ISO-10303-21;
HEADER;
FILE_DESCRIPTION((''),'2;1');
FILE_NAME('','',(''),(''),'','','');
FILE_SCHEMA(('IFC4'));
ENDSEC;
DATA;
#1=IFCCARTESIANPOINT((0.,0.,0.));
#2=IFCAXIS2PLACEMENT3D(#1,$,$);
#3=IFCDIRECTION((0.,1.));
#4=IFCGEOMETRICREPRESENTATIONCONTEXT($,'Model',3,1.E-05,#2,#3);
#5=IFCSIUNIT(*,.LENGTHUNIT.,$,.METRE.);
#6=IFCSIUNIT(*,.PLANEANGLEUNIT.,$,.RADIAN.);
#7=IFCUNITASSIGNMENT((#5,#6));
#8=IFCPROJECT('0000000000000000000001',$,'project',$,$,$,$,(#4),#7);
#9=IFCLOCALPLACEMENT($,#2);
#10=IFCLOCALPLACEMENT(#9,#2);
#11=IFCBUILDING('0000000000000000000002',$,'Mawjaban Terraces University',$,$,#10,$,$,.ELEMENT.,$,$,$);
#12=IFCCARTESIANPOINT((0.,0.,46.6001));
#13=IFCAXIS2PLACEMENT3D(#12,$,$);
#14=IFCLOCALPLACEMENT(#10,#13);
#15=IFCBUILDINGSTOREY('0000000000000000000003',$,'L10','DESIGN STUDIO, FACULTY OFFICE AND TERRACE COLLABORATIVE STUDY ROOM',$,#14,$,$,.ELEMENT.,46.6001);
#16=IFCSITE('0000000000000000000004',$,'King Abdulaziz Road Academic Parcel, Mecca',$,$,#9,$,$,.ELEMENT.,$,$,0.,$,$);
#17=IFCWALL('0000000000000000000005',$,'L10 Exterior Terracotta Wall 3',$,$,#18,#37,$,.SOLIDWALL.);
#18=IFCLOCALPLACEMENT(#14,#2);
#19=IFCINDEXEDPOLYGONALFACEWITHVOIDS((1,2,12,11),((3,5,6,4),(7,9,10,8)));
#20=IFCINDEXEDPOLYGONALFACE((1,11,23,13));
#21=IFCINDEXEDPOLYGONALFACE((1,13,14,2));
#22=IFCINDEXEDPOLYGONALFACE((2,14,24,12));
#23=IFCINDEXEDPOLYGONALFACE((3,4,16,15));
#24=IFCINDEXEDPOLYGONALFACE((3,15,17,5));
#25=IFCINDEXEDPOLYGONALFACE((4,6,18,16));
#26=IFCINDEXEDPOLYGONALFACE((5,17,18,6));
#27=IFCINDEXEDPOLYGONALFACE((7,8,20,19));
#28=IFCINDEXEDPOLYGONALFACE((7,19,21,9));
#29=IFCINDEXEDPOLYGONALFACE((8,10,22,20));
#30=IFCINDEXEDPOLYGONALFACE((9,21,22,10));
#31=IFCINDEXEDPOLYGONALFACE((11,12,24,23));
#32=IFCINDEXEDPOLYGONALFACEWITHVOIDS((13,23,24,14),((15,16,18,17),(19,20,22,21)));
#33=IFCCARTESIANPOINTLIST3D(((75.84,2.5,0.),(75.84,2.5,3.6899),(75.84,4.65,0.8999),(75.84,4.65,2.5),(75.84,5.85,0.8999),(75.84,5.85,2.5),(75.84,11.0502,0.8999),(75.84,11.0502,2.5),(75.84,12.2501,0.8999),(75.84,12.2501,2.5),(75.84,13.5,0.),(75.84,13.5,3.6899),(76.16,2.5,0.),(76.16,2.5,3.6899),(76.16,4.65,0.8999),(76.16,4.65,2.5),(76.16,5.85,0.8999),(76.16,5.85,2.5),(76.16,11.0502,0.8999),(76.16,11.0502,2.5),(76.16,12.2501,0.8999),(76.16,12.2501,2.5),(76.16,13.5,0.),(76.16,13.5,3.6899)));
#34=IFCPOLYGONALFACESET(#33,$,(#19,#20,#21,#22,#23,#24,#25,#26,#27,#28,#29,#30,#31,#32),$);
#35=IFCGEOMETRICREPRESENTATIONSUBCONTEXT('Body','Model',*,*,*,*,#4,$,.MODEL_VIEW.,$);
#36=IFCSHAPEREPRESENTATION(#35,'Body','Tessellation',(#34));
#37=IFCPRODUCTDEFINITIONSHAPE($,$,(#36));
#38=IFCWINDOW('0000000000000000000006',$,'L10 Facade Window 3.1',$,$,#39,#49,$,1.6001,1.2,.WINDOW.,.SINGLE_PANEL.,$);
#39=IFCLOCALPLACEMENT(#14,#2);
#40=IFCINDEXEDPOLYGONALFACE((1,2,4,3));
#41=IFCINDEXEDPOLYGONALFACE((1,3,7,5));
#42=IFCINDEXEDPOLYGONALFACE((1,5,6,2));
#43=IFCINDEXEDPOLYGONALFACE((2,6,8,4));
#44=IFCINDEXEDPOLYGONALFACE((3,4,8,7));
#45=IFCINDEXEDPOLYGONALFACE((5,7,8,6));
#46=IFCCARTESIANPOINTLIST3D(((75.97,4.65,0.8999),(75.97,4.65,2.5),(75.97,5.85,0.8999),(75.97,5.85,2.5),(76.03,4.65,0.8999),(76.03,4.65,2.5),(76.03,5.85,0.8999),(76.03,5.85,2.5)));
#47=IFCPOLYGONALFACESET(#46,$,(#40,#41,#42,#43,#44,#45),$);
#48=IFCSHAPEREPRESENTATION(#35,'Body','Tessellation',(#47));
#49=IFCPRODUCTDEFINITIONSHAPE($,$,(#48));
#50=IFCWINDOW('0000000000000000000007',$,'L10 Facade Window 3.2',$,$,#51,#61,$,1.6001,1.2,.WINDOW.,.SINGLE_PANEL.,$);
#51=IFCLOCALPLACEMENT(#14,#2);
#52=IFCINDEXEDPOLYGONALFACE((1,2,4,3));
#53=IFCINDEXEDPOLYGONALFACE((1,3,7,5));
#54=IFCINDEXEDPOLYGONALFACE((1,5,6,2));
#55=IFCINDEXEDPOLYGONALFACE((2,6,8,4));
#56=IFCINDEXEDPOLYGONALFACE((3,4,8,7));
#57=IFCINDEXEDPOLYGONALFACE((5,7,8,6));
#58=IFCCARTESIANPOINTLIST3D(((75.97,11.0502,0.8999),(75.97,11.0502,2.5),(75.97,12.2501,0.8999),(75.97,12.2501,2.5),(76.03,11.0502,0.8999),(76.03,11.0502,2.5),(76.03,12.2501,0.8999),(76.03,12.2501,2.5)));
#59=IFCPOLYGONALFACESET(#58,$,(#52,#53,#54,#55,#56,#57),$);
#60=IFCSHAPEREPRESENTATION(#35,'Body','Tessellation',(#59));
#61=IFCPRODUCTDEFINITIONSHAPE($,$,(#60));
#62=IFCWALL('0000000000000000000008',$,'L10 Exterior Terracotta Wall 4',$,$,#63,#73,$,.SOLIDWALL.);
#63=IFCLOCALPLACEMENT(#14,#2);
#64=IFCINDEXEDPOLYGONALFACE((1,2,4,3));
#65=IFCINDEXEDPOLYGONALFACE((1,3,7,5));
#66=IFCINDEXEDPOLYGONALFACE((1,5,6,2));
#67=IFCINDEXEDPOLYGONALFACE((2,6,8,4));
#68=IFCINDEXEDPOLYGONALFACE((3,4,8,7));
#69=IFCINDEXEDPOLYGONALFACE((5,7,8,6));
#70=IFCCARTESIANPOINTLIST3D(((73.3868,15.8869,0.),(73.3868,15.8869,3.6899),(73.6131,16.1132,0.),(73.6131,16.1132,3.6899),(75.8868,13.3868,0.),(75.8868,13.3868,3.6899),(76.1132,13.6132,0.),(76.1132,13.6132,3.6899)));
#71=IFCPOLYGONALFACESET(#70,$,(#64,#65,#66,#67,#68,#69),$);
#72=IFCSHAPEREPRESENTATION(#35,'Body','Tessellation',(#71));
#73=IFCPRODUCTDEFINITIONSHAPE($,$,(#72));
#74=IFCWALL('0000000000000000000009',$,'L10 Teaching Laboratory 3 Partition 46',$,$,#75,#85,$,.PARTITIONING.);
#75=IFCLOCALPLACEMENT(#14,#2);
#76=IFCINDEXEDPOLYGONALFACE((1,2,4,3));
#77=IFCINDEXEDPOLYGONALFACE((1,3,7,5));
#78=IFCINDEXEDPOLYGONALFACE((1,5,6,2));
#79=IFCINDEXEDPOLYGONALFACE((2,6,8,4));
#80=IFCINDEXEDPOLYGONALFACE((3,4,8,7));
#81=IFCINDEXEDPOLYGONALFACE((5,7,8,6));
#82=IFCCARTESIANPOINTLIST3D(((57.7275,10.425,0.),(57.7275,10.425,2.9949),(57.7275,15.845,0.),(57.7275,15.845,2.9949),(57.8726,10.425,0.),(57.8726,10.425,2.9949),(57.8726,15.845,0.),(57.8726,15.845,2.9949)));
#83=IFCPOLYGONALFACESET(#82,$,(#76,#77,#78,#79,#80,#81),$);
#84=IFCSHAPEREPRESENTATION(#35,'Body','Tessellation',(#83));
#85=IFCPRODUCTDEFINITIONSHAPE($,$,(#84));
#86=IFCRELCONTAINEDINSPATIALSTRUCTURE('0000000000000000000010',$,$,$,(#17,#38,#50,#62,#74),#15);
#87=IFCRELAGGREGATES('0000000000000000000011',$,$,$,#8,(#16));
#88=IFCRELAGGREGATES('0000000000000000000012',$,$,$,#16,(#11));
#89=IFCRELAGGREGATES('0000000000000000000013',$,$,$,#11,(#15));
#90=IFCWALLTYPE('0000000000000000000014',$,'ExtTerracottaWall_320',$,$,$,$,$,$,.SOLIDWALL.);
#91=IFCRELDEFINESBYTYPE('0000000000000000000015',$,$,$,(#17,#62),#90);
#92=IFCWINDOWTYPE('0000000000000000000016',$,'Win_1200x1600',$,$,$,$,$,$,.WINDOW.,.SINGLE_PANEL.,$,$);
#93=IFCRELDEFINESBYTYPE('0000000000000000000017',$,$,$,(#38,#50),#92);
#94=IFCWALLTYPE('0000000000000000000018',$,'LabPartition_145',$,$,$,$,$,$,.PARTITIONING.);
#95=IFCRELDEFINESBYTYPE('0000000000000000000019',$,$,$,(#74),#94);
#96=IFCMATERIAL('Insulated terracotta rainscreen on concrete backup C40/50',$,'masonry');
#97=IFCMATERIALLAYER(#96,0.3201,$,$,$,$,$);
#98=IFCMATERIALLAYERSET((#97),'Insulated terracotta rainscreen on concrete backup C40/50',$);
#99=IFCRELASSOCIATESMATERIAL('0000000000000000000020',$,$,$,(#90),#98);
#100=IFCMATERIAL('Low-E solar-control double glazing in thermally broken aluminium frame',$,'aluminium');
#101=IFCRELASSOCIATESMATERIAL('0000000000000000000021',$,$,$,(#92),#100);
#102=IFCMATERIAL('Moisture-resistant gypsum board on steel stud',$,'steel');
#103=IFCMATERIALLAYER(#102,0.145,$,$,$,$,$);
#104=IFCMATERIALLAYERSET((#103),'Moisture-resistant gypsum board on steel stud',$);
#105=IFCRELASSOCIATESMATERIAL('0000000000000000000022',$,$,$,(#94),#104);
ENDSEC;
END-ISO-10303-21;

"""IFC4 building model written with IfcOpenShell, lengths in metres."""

from ifc_helpers import new_model, si_unit, direction, frame, frame_2d, origin, place, context, subcontext, project, spatial, rectangle, extrude, material, layer, layer_set, type_object, element, fill, save


model = new_model("IFC4")

# Units and contexts
model_context = context("Model", 3, precision=1e-05, world=origin(), true_north=direction((0.0, 1.0)))
body_context = subcontext(model_context, "Body", "Model", "MODEL_VIEW")
ifc_project = project(units=[si_unit("LENGTHUNIT", "METRE"), si_unit("PLANEANGLEUNIT", "RADIAN")], contexts=[model_context])

# Site, building, storey
site_placement = place(None, origin())
site = spatial("IfcSite", under=ifc_project, at=site_placement, Name="King Abdulaziz Road Academic Parcel, Mecca", CompositionType="ELEMENT", RefElevation=0.0)
building_placement = place(site_placement, origin())
building = spatial("IfcBuilding", under=site, at=building_placement, Name="Mawjaban Terraces University", CompositionType="ELEMENT")
storey_placement = place(building_placement, frame((0.0, 0.0, 46.6001)))
storey = spatial("IfcBuildingStorey", under=building, at=storey_placement, Name="L10", Description="DESIGN STUDIO, FACULTY OFFICE AND TERRACE COLLABORATIVE STUDY ROOM", CompositionType="ELEMENT", Elevation=46.6001)

# Shared definitions
ifc_material_1 = material(Name="Insulated terracotta rainscreen on concrete backup C40/50", Category="masonry")
ifc_layer_1 = layer(ifc_material_1, 0.3201)
ifc_layer_set_1 = layer_set([ifc_layer_1], Name="Insulated terracotta rainscreen on concrete backup C40/50")
wall_type_1 = type_object("IfcWallType", Name="ExtTerracottaWall_320", PredefinedType="SOLIDWALL", material=ifc_layer_set_1)

# Wall, openings, windows
wall_1_placement = place(storey_placement, frame((76.0, 2.5, 0.0), z_axis=(0.0, 0.0, 1.0), x_axis=(0.0, 1.0, 0.0)))
wall_1 = element("IfcWall", 1, at=wall_1_placement, inside=storey, type_object=wall_type_1, Name="L10 Exterior Terracotta Wall 3", PredefinedType="SOLIDWALL", context=body_context, shape_type="SweptSolid", body=[
    extrude(rectangle(XDim=11.0, YDim=0.3201, at=frame_2d((5.5, 0.0))), origin(), (0.0, 0.0, 1.0), 3.6899),
])
opening_1_placement = place(wall_1_placement, frame((2.1499, 0.0, 0.8999)))
opening_1 = element("IfcOpeningElement", 2, at=opening_1_placement, cuts=wall_1, PredefinedType="OPENING", context=body_context, shape_type="SweptSolid", body=[
    extrude(rectangle(XDim=1.2, YDim=1.6001, at=frame_2d((0.6001, 0.8))), frame((0.0, 0.1699, 0.0), z_axis=(0.0, -1.0, 0.0), x_axis=(1.0, 0.0, 0.0)), (0.0, 0.0, 1.0), 0.3401),
])
opening_2_placement = place(wall_1_placement, frame((8.55, 0.0, 0.8999)))
opening_2 = element("IfcOpeningElement", 3, at=opening_2_placement, cuts=wall_1, PredefinedType="OPENING", context=body_context, shape_type="SweptSolid", body=[
    extrude(rectangle(XDim=1.2, YDim=1.6001, at=frame_2d((0.6001, 0.8))), frame((0.0, 0.1699, 0.0), z_axis=(0.0, -1.0, 0.0), x_axis=(1.0, 0.0, 0.0)), (0.0, 0.0, 1.0), 0.3401),
])
ifc_material_2 = material(Name="Low-E solar-control double glazing in thermally broken aluminium frame", Category="aluminium")
window_type = type_object("IfcWindowType", Name="Win_1200x1600", PartitioningType="SINGLE_PANEL", PredefinedType="WINDOW", material=ifc_material_2)
window_1_placement = place(opening_1_placement, origin())
window_1 = element("IfcWindow", 4, at=window_1_placement, inside=storey, type_object=window_type, Name="L10 Facade Window 3.1", OverallHeight=1.6001, OverallWidth=1.2, PartitioningType="SINGLE_PANEL", PredefinedType="WINDOW", context=body_context, shape_type="SweptSolid", body=[
    extrude(rectangle(XDim=1.2, YDim=1.6001, at=frame_2d((0.6001, 0.8))), frame((0.0, 0.03, 0.0), z_axis=(0.0, -1.0, 0.0), x_axis=(1.0, 0.0, 0.0)), (0.0, 0.0, 1.0), 0.0601),
])
fill(opening_1, window_1)
window_2_placement = place(opening_2_placement, origin())
window_2 = element("IfcWindow", 5, at=window_2_placement, inside=storey, type_object=window_type, Name="L10 Facade Window 3.2", OverallHeight=1.6001, OverallWidth=1.2, PartitioningType="SINGLE_PANEL", PredefinedType="WINDOW", context=body_context, shape_type="SweptSolid", body=[
    extrude(rectangle(XDim=1.2, YDim=1.6001, at=frame_2d((0.6001, 0.8))), frame((0.0, 0.03, 0.0), z_axis=(0.0, -1.0, 0.0), x_axis=(1.0, 0.0, 0.0)), (0.0, 0.0, 1.0), 0.0601),
])
fill(opening_2, window_2)

# Walls
wall_2_placement = place(storey_placement, frame((76.0, 13.5, 0.0), z_axis=(0.0, 0.0, 1.0), x_axis=(-0.707107, 0.707107, 0.0)))
element("IfcWall", 6, at=wall_2_placement, inside=storey, type_object=wall_type_1, Name="L10 Exterior Terracotta Wall 4", PredefinedType="SOLIDWALL", context=body_context, shape_type="SweptSolid", body=[
    extrude(rectangle(XDim=3.5356, YDim=0.3201, at=frame_2d((1.7678, 0.0))), origin(), (0.0, 0.0, 1.0), 3.6899),
])
ifc_material_3 = material(Name="Moisture-resistant gypsum board on steel stud", Category="steel")
ifc_layer_2 = layer(ifc_material_3, 0.145)
ifc_layer_set_2 = layer_set([ifc_layer_2], Name="Moisture-resistant gypsum board on steel stud")
wall_type_2 = type_object("IfcWallType", Name="LabPartition_145", PredefinedType="PARTITIONING", material=ifc_layer_set_2)
wall_3_placement = place(storey_placement, frame((57.8, 10.425, 0.0), z_axis=(0.0, 0.0, 1.0), x_axis=(0.0, 1.0, 0.0)))
element("IfcWall", 7, at=wall_3_placement, inside=storey, type_object=wall_type_2, Name="L10 Teaching Laboratory 3 Partition 46", PredefinedType="PARTITIONING", context=body_context, shape_type="SweptSolid", body=[
    extrude(rectangle(XDim=5.4199, YDim=0.145, at=frame_2d((2.71, 0.0))), origin(), (0.0, 0.0, 1.0), 2.9949),
])

save(model, "model.ifc")
